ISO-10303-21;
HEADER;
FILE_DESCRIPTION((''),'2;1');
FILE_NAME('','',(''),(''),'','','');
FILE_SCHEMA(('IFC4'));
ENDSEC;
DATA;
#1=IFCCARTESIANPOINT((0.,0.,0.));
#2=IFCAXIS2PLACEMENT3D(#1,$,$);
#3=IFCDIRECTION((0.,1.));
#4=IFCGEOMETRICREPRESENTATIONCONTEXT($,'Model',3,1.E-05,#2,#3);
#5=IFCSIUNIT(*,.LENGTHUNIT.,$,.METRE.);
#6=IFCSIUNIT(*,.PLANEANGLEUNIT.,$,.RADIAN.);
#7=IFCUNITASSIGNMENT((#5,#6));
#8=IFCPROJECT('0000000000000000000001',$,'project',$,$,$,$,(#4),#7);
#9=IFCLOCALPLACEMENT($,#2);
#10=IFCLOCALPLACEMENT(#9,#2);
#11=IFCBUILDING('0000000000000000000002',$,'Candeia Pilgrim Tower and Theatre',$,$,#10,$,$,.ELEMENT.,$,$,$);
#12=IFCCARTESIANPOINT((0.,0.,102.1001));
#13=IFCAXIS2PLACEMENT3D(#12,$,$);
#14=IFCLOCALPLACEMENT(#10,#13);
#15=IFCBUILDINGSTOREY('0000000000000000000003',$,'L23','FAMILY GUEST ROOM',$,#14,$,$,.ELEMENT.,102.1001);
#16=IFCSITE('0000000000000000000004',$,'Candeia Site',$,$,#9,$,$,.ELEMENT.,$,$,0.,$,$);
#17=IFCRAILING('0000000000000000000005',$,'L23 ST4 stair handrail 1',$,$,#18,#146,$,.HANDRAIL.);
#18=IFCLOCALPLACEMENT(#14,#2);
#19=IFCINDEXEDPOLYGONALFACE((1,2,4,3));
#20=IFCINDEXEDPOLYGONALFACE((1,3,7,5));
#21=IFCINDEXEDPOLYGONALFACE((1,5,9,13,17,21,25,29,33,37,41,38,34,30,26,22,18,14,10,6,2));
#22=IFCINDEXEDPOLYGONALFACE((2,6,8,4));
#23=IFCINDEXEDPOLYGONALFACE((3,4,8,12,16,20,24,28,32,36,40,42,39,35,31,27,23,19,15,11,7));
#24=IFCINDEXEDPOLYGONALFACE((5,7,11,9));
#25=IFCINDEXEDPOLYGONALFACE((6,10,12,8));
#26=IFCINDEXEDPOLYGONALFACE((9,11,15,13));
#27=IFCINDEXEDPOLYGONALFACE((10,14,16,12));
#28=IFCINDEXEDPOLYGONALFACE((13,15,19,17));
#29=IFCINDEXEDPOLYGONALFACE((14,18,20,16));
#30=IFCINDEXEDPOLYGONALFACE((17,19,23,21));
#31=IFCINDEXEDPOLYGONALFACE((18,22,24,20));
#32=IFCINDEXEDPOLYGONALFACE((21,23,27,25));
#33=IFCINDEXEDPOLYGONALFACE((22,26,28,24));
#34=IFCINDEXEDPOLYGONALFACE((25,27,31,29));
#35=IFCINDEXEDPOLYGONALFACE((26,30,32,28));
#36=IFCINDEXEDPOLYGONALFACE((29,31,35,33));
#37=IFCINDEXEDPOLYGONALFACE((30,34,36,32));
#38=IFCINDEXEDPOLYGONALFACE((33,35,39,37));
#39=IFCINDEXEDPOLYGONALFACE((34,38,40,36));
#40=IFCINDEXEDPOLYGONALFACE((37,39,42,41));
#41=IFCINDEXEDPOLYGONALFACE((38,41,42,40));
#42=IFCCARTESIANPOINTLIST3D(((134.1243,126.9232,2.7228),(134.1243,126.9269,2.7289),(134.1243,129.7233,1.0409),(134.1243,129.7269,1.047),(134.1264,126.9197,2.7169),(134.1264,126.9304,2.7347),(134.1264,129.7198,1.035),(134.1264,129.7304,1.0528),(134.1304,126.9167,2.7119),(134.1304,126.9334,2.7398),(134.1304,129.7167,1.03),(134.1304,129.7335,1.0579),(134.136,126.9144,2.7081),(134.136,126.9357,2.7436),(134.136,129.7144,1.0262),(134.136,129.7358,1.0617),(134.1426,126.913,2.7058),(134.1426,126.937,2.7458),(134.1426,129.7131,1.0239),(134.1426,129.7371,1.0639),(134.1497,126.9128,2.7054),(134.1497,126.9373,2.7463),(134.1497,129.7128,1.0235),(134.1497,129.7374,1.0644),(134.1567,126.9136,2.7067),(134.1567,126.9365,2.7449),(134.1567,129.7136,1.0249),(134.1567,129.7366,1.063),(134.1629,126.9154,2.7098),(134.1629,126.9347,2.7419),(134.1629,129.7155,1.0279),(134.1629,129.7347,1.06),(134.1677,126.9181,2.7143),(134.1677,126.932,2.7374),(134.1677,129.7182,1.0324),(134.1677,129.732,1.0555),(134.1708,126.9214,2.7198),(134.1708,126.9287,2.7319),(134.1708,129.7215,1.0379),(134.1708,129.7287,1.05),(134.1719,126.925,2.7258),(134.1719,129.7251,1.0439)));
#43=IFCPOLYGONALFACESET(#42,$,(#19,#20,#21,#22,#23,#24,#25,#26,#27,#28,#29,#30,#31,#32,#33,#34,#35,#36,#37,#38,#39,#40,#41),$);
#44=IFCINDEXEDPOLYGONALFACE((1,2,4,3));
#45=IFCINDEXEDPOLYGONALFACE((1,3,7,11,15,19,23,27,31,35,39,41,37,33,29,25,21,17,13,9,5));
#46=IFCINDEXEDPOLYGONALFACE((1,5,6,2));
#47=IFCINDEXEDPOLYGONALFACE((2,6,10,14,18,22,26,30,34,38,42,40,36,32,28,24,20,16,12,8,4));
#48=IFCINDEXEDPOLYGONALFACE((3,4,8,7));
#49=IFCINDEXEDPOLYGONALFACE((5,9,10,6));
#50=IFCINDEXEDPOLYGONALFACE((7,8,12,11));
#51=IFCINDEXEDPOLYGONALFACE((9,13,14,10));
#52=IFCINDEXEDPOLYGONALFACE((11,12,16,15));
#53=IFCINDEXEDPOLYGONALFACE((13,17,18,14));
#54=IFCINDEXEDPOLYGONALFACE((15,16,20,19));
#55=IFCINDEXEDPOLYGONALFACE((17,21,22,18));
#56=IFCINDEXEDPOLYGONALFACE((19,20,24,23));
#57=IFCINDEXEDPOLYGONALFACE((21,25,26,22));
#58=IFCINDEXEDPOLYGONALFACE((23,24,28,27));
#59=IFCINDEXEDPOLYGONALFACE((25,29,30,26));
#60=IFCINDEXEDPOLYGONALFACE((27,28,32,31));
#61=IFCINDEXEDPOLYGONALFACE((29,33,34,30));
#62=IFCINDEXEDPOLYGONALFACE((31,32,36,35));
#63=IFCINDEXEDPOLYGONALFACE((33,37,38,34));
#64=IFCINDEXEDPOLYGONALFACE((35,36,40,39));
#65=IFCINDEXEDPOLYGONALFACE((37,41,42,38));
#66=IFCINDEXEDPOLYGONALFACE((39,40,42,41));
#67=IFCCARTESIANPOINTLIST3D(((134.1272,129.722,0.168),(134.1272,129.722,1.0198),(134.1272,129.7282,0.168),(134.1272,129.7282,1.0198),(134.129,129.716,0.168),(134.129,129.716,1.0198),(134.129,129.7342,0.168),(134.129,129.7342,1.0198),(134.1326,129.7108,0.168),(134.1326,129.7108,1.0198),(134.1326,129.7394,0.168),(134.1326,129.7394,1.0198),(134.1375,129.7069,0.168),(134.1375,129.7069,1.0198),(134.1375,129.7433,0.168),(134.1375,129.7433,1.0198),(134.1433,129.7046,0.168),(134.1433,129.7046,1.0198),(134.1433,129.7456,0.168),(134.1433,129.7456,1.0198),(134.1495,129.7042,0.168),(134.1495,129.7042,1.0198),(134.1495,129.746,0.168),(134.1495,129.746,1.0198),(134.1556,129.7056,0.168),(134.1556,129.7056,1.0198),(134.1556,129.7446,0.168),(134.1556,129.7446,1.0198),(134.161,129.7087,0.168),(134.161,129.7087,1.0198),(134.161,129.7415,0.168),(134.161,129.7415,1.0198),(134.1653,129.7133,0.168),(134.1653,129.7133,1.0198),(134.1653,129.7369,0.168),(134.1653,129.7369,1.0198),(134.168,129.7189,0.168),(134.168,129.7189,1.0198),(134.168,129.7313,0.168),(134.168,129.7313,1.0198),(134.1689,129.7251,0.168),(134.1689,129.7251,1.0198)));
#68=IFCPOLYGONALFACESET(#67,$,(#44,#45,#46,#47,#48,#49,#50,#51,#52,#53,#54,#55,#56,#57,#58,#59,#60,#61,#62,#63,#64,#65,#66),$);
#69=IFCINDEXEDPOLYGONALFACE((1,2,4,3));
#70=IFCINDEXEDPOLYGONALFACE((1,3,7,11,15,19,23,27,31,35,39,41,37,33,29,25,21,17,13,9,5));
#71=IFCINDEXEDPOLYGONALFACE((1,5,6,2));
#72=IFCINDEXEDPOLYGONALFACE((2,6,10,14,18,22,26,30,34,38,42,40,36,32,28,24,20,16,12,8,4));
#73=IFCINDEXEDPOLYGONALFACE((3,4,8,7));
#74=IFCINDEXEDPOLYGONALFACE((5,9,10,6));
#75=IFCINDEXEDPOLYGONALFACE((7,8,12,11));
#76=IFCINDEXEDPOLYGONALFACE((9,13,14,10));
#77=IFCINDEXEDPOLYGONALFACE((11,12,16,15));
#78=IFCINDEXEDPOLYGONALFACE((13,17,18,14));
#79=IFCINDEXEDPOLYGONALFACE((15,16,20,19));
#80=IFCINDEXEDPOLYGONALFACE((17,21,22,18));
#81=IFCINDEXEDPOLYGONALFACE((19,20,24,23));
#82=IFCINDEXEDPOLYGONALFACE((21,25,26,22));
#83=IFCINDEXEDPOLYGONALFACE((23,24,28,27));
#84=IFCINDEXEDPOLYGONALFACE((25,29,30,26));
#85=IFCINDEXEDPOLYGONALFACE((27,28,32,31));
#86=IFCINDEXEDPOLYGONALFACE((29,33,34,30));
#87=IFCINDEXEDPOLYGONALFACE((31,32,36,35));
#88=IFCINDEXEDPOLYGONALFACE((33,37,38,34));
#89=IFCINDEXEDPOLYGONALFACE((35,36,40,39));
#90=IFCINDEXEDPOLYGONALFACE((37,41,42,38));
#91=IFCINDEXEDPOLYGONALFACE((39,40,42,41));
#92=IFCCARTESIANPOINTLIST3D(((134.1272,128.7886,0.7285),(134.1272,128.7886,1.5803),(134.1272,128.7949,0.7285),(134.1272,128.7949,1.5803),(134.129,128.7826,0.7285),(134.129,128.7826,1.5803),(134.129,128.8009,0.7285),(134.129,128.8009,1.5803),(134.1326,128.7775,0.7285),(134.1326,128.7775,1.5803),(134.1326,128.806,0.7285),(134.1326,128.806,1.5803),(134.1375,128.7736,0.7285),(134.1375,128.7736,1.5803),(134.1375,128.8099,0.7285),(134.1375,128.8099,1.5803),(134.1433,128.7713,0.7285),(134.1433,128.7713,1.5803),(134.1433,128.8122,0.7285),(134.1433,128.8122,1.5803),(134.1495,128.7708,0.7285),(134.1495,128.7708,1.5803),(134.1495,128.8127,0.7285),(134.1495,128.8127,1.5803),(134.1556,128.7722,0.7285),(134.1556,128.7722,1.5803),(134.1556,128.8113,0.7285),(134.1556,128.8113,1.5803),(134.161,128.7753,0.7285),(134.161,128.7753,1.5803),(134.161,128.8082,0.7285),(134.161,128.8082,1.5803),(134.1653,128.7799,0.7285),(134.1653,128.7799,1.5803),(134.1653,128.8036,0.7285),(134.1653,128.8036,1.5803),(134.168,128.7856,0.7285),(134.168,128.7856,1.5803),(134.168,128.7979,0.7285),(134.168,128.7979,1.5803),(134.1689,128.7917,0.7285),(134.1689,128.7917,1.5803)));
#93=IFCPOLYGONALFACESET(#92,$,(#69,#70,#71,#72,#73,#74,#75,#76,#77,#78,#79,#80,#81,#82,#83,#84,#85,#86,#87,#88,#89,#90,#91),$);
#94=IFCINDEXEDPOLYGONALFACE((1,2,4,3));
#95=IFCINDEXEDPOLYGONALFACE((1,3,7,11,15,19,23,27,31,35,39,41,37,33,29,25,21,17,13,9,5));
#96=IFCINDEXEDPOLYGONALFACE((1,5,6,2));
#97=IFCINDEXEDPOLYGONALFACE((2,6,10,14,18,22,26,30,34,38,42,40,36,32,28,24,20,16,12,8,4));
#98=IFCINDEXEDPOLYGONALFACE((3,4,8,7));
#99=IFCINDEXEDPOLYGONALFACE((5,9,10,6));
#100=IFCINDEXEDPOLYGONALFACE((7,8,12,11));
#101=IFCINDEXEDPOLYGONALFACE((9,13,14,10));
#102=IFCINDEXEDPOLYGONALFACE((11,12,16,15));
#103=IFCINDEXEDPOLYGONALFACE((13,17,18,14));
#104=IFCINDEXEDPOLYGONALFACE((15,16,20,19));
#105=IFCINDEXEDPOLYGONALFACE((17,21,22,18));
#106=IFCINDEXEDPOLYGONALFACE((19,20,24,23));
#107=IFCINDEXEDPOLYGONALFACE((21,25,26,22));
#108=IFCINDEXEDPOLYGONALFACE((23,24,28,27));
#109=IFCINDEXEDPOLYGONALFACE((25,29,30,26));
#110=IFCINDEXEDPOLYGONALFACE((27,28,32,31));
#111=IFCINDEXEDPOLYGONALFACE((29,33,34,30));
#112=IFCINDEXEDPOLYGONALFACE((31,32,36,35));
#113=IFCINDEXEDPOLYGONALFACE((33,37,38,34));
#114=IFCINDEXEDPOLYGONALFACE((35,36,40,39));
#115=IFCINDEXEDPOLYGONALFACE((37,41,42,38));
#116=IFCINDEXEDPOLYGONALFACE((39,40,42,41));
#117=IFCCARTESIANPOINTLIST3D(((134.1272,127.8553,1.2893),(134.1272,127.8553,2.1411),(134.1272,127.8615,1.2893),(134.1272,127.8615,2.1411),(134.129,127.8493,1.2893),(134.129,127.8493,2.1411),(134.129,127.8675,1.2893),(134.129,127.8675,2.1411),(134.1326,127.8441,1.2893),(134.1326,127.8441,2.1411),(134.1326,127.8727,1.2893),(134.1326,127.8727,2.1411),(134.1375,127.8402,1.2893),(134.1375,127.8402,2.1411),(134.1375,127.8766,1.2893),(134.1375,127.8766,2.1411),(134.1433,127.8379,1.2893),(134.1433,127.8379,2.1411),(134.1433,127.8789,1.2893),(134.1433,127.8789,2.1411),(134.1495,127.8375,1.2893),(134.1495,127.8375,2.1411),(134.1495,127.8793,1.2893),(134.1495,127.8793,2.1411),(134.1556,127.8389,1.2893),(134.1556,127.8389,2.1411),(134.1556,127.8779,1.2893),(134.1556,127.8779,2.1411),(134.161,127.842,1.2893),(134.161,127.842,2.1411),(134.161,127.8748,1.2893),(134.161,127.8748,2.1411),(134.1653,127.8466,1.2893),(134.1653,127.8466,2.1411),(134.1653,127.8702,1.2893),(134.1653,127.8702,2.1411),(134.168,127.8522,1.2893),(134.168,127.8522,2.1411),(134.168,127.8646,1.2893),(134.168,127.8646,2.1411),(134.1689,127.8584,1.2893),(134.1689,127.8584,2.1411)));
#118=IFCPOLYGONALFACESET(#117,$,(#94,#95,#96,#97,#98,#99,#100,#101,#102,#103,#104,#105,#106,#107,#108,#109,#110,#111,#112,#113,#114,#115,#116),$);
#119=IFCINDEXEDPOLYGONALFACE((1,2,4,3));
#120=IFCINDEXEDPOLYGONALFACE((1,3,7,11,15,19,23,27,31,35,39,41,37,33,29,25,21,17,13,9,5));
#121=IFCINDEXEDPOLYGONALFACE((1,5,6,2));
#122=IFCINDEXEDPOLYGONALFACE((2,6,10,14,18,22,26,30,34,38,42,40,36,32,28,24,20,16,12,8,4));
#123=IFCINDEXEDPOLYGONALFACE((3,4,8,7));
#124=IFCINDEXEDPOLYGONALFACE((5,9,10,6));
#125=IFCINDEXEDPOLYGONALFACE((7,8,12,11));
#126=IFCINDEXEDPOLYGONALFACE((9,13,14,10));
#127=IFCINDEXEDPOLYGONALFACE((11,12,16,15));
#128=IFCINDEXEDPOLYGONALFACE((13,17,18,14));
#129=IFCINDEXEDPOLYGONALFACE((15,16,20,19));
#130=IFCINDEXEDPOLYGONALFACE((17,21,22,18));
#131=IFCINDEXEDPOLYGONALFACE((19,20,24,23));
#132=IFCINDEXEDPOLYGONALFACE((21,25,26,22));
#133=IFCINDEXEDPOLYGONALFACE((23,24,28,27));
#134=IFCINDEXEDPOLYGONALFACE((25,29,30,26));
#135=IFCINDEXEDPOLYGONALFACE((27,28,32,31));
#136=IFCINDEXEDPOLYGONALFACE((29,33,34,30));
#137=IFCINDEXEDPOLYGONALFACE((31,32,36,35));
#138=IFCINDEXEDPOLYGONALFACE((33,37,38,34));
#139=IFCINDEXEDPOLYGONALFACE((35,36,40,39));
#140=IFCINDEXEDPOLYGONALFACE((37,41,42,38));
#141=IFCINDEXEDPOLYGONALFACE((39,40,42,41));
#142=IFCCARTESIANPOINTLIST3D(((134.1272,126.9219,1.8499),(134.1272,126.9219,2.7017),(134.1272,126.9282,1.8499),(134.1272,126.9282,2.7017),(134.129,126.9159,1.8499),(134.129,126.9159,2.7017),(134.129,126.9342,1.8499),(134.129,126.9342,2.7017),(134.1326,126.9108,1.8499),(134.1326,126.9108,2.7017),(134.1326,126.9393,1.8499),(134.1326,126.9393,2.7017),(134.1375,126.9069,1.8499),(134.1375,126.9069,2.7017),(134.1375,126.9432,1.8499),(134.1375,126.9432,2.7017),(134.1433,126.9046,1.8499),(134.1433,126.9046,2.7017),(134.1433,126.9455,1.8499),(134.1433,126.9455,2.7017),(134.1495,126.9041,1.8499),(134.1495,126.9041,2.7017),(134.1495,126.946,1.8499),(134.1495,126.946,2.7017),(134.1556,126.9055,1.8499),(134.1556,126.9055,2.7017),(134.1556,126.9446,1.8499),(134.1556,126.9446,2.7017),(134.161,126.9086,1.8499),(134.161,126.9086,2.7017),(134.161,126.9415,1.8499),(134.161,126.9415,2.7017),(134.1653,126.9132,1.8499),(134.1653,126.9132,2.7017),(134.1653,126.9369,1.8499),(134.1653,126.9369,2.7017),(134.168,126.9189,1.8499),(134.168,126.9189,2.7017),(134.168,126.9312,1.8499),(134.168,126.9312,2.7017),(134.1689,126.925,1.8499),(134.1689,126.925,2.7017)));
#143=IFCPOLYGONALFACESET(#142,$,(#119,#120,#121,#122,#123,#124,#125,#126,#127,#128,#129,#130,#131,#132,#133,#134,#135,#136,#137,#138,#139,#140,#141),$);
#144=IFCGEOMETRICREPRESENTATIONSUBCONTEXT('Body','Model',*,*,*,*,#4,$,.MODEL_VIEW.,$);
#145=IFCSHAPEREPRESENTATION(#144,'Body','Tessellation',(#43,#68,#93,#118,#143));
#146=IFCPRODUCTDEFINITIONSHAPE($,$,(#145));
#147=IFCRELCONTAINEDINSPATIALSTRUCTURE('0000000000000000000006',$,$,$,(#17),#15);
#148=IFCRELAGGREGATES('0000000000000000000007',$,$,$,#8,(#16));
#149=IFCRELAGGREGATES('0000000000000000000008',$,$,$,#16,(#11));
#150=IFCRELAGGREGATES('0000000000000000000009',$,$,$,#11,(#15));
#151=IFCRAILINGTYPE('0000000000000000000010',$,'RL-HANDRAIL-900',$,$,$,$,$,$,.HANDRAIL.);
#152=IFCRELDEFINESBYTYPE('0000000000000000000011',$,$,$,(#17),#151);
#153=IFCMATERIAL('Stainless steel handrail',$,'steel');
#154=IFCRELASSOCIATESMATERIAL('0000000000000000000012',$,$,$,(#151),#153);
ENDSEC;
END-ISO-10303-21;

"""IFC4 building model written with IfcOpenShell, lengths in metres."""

from ifc_helpers import new_model, si_unit, direction, frame, origin, origin_2d, place, context, subcontext, project, spatial, circle, extrude, material, type_object, element, save


model = new_model("IFC4")

# Units and contexts
model_context = context("Model", 3, precision=1e-05, world=origin(), true_north=direction((0.0, 1.0)))
body_context = subcontext(model_context, "Body", "Model", "MODEL_VIEW")
ifc_project = project(units=[si_unit("LENGTHUNIT", "METRE"), si_unit("PLANEANGLEUNIT", "RADIAN")], contexts=[model_context])

# Site, building, storey
site_placement = place(None, origin())
site = spatial("IfcSite", under=ifc_project, at=site_placement, Name="Candeia Site", CompositionType="ELEMENT", RefElevation=0.0)
building_placement = place(site_placement, origin())
building = spatial("IfcBuilding", under=site, at=building_placement, Name="Candeia Pilgrim Tower and Theatre", CompositionType="ELEMENT")
storey_placement = place(building_placement, frame((0.0, 0.0, 102.1001)))
storey = spatial("IfcBuildingStorey", under=building, at=storey_placement, Name="L23", Description="FAMILY GUEST ROOM", CompositionType="ELEMENT", Elevation=102.1001)

# Railing
ifc_material_1 = material(Name="Stainless steel handrail", Category="steel")
railing_type_1 = type_object("IfcRailingType", Name="RL-HANDRAIL-900", PredefinedType="HANDRAIL", material=ifc_material_1)
railing_1_placement = place(storey_placement, frame((134.1479, 129.7251, 0.168)))
element("IfcRailing", 1, at=railing_1_placement, inside=storey, type_object=railing_type_1, Name="L23 ST4 stair handrail 1", PredefinedType="HANDRAIL", context=body_context, shape_type="SweptSolid", body=[
    extrude(circle(Radius=0.0239, at=origin_2d()), frame((0.0, 0.0, 0.876), z_axis=(0.0, -0.857242, 0.514913), x_axis=(1.0, 0.0, 0.0)), (0.0, 0.0, 1.0), 3.2664),
    extrude(circle(Radius=0.021, at=origin_2d()), origin(), (0.0, 0.0, 1.0), 0.8518),
    extrude(circle(Radius=0.021, at=origin_2d()), frame((0.0, -0.9333, 0.5605)), (0.0, 0.0, 1.0), 0.8518),
    extrude(circle(Radius=0.021, at=origin_2d()), frame((0.0, -1.8667, 1.1213)), (0.0, 0.0, 1.0), 0.8518),
    extrude(circle(Radius=0.021, at=origin_2d()), frame((0.0, -2.8, 1.6819)), (0.0, 0.0, 1.0), 0.8518),
])

save(model, "model.ifc")
